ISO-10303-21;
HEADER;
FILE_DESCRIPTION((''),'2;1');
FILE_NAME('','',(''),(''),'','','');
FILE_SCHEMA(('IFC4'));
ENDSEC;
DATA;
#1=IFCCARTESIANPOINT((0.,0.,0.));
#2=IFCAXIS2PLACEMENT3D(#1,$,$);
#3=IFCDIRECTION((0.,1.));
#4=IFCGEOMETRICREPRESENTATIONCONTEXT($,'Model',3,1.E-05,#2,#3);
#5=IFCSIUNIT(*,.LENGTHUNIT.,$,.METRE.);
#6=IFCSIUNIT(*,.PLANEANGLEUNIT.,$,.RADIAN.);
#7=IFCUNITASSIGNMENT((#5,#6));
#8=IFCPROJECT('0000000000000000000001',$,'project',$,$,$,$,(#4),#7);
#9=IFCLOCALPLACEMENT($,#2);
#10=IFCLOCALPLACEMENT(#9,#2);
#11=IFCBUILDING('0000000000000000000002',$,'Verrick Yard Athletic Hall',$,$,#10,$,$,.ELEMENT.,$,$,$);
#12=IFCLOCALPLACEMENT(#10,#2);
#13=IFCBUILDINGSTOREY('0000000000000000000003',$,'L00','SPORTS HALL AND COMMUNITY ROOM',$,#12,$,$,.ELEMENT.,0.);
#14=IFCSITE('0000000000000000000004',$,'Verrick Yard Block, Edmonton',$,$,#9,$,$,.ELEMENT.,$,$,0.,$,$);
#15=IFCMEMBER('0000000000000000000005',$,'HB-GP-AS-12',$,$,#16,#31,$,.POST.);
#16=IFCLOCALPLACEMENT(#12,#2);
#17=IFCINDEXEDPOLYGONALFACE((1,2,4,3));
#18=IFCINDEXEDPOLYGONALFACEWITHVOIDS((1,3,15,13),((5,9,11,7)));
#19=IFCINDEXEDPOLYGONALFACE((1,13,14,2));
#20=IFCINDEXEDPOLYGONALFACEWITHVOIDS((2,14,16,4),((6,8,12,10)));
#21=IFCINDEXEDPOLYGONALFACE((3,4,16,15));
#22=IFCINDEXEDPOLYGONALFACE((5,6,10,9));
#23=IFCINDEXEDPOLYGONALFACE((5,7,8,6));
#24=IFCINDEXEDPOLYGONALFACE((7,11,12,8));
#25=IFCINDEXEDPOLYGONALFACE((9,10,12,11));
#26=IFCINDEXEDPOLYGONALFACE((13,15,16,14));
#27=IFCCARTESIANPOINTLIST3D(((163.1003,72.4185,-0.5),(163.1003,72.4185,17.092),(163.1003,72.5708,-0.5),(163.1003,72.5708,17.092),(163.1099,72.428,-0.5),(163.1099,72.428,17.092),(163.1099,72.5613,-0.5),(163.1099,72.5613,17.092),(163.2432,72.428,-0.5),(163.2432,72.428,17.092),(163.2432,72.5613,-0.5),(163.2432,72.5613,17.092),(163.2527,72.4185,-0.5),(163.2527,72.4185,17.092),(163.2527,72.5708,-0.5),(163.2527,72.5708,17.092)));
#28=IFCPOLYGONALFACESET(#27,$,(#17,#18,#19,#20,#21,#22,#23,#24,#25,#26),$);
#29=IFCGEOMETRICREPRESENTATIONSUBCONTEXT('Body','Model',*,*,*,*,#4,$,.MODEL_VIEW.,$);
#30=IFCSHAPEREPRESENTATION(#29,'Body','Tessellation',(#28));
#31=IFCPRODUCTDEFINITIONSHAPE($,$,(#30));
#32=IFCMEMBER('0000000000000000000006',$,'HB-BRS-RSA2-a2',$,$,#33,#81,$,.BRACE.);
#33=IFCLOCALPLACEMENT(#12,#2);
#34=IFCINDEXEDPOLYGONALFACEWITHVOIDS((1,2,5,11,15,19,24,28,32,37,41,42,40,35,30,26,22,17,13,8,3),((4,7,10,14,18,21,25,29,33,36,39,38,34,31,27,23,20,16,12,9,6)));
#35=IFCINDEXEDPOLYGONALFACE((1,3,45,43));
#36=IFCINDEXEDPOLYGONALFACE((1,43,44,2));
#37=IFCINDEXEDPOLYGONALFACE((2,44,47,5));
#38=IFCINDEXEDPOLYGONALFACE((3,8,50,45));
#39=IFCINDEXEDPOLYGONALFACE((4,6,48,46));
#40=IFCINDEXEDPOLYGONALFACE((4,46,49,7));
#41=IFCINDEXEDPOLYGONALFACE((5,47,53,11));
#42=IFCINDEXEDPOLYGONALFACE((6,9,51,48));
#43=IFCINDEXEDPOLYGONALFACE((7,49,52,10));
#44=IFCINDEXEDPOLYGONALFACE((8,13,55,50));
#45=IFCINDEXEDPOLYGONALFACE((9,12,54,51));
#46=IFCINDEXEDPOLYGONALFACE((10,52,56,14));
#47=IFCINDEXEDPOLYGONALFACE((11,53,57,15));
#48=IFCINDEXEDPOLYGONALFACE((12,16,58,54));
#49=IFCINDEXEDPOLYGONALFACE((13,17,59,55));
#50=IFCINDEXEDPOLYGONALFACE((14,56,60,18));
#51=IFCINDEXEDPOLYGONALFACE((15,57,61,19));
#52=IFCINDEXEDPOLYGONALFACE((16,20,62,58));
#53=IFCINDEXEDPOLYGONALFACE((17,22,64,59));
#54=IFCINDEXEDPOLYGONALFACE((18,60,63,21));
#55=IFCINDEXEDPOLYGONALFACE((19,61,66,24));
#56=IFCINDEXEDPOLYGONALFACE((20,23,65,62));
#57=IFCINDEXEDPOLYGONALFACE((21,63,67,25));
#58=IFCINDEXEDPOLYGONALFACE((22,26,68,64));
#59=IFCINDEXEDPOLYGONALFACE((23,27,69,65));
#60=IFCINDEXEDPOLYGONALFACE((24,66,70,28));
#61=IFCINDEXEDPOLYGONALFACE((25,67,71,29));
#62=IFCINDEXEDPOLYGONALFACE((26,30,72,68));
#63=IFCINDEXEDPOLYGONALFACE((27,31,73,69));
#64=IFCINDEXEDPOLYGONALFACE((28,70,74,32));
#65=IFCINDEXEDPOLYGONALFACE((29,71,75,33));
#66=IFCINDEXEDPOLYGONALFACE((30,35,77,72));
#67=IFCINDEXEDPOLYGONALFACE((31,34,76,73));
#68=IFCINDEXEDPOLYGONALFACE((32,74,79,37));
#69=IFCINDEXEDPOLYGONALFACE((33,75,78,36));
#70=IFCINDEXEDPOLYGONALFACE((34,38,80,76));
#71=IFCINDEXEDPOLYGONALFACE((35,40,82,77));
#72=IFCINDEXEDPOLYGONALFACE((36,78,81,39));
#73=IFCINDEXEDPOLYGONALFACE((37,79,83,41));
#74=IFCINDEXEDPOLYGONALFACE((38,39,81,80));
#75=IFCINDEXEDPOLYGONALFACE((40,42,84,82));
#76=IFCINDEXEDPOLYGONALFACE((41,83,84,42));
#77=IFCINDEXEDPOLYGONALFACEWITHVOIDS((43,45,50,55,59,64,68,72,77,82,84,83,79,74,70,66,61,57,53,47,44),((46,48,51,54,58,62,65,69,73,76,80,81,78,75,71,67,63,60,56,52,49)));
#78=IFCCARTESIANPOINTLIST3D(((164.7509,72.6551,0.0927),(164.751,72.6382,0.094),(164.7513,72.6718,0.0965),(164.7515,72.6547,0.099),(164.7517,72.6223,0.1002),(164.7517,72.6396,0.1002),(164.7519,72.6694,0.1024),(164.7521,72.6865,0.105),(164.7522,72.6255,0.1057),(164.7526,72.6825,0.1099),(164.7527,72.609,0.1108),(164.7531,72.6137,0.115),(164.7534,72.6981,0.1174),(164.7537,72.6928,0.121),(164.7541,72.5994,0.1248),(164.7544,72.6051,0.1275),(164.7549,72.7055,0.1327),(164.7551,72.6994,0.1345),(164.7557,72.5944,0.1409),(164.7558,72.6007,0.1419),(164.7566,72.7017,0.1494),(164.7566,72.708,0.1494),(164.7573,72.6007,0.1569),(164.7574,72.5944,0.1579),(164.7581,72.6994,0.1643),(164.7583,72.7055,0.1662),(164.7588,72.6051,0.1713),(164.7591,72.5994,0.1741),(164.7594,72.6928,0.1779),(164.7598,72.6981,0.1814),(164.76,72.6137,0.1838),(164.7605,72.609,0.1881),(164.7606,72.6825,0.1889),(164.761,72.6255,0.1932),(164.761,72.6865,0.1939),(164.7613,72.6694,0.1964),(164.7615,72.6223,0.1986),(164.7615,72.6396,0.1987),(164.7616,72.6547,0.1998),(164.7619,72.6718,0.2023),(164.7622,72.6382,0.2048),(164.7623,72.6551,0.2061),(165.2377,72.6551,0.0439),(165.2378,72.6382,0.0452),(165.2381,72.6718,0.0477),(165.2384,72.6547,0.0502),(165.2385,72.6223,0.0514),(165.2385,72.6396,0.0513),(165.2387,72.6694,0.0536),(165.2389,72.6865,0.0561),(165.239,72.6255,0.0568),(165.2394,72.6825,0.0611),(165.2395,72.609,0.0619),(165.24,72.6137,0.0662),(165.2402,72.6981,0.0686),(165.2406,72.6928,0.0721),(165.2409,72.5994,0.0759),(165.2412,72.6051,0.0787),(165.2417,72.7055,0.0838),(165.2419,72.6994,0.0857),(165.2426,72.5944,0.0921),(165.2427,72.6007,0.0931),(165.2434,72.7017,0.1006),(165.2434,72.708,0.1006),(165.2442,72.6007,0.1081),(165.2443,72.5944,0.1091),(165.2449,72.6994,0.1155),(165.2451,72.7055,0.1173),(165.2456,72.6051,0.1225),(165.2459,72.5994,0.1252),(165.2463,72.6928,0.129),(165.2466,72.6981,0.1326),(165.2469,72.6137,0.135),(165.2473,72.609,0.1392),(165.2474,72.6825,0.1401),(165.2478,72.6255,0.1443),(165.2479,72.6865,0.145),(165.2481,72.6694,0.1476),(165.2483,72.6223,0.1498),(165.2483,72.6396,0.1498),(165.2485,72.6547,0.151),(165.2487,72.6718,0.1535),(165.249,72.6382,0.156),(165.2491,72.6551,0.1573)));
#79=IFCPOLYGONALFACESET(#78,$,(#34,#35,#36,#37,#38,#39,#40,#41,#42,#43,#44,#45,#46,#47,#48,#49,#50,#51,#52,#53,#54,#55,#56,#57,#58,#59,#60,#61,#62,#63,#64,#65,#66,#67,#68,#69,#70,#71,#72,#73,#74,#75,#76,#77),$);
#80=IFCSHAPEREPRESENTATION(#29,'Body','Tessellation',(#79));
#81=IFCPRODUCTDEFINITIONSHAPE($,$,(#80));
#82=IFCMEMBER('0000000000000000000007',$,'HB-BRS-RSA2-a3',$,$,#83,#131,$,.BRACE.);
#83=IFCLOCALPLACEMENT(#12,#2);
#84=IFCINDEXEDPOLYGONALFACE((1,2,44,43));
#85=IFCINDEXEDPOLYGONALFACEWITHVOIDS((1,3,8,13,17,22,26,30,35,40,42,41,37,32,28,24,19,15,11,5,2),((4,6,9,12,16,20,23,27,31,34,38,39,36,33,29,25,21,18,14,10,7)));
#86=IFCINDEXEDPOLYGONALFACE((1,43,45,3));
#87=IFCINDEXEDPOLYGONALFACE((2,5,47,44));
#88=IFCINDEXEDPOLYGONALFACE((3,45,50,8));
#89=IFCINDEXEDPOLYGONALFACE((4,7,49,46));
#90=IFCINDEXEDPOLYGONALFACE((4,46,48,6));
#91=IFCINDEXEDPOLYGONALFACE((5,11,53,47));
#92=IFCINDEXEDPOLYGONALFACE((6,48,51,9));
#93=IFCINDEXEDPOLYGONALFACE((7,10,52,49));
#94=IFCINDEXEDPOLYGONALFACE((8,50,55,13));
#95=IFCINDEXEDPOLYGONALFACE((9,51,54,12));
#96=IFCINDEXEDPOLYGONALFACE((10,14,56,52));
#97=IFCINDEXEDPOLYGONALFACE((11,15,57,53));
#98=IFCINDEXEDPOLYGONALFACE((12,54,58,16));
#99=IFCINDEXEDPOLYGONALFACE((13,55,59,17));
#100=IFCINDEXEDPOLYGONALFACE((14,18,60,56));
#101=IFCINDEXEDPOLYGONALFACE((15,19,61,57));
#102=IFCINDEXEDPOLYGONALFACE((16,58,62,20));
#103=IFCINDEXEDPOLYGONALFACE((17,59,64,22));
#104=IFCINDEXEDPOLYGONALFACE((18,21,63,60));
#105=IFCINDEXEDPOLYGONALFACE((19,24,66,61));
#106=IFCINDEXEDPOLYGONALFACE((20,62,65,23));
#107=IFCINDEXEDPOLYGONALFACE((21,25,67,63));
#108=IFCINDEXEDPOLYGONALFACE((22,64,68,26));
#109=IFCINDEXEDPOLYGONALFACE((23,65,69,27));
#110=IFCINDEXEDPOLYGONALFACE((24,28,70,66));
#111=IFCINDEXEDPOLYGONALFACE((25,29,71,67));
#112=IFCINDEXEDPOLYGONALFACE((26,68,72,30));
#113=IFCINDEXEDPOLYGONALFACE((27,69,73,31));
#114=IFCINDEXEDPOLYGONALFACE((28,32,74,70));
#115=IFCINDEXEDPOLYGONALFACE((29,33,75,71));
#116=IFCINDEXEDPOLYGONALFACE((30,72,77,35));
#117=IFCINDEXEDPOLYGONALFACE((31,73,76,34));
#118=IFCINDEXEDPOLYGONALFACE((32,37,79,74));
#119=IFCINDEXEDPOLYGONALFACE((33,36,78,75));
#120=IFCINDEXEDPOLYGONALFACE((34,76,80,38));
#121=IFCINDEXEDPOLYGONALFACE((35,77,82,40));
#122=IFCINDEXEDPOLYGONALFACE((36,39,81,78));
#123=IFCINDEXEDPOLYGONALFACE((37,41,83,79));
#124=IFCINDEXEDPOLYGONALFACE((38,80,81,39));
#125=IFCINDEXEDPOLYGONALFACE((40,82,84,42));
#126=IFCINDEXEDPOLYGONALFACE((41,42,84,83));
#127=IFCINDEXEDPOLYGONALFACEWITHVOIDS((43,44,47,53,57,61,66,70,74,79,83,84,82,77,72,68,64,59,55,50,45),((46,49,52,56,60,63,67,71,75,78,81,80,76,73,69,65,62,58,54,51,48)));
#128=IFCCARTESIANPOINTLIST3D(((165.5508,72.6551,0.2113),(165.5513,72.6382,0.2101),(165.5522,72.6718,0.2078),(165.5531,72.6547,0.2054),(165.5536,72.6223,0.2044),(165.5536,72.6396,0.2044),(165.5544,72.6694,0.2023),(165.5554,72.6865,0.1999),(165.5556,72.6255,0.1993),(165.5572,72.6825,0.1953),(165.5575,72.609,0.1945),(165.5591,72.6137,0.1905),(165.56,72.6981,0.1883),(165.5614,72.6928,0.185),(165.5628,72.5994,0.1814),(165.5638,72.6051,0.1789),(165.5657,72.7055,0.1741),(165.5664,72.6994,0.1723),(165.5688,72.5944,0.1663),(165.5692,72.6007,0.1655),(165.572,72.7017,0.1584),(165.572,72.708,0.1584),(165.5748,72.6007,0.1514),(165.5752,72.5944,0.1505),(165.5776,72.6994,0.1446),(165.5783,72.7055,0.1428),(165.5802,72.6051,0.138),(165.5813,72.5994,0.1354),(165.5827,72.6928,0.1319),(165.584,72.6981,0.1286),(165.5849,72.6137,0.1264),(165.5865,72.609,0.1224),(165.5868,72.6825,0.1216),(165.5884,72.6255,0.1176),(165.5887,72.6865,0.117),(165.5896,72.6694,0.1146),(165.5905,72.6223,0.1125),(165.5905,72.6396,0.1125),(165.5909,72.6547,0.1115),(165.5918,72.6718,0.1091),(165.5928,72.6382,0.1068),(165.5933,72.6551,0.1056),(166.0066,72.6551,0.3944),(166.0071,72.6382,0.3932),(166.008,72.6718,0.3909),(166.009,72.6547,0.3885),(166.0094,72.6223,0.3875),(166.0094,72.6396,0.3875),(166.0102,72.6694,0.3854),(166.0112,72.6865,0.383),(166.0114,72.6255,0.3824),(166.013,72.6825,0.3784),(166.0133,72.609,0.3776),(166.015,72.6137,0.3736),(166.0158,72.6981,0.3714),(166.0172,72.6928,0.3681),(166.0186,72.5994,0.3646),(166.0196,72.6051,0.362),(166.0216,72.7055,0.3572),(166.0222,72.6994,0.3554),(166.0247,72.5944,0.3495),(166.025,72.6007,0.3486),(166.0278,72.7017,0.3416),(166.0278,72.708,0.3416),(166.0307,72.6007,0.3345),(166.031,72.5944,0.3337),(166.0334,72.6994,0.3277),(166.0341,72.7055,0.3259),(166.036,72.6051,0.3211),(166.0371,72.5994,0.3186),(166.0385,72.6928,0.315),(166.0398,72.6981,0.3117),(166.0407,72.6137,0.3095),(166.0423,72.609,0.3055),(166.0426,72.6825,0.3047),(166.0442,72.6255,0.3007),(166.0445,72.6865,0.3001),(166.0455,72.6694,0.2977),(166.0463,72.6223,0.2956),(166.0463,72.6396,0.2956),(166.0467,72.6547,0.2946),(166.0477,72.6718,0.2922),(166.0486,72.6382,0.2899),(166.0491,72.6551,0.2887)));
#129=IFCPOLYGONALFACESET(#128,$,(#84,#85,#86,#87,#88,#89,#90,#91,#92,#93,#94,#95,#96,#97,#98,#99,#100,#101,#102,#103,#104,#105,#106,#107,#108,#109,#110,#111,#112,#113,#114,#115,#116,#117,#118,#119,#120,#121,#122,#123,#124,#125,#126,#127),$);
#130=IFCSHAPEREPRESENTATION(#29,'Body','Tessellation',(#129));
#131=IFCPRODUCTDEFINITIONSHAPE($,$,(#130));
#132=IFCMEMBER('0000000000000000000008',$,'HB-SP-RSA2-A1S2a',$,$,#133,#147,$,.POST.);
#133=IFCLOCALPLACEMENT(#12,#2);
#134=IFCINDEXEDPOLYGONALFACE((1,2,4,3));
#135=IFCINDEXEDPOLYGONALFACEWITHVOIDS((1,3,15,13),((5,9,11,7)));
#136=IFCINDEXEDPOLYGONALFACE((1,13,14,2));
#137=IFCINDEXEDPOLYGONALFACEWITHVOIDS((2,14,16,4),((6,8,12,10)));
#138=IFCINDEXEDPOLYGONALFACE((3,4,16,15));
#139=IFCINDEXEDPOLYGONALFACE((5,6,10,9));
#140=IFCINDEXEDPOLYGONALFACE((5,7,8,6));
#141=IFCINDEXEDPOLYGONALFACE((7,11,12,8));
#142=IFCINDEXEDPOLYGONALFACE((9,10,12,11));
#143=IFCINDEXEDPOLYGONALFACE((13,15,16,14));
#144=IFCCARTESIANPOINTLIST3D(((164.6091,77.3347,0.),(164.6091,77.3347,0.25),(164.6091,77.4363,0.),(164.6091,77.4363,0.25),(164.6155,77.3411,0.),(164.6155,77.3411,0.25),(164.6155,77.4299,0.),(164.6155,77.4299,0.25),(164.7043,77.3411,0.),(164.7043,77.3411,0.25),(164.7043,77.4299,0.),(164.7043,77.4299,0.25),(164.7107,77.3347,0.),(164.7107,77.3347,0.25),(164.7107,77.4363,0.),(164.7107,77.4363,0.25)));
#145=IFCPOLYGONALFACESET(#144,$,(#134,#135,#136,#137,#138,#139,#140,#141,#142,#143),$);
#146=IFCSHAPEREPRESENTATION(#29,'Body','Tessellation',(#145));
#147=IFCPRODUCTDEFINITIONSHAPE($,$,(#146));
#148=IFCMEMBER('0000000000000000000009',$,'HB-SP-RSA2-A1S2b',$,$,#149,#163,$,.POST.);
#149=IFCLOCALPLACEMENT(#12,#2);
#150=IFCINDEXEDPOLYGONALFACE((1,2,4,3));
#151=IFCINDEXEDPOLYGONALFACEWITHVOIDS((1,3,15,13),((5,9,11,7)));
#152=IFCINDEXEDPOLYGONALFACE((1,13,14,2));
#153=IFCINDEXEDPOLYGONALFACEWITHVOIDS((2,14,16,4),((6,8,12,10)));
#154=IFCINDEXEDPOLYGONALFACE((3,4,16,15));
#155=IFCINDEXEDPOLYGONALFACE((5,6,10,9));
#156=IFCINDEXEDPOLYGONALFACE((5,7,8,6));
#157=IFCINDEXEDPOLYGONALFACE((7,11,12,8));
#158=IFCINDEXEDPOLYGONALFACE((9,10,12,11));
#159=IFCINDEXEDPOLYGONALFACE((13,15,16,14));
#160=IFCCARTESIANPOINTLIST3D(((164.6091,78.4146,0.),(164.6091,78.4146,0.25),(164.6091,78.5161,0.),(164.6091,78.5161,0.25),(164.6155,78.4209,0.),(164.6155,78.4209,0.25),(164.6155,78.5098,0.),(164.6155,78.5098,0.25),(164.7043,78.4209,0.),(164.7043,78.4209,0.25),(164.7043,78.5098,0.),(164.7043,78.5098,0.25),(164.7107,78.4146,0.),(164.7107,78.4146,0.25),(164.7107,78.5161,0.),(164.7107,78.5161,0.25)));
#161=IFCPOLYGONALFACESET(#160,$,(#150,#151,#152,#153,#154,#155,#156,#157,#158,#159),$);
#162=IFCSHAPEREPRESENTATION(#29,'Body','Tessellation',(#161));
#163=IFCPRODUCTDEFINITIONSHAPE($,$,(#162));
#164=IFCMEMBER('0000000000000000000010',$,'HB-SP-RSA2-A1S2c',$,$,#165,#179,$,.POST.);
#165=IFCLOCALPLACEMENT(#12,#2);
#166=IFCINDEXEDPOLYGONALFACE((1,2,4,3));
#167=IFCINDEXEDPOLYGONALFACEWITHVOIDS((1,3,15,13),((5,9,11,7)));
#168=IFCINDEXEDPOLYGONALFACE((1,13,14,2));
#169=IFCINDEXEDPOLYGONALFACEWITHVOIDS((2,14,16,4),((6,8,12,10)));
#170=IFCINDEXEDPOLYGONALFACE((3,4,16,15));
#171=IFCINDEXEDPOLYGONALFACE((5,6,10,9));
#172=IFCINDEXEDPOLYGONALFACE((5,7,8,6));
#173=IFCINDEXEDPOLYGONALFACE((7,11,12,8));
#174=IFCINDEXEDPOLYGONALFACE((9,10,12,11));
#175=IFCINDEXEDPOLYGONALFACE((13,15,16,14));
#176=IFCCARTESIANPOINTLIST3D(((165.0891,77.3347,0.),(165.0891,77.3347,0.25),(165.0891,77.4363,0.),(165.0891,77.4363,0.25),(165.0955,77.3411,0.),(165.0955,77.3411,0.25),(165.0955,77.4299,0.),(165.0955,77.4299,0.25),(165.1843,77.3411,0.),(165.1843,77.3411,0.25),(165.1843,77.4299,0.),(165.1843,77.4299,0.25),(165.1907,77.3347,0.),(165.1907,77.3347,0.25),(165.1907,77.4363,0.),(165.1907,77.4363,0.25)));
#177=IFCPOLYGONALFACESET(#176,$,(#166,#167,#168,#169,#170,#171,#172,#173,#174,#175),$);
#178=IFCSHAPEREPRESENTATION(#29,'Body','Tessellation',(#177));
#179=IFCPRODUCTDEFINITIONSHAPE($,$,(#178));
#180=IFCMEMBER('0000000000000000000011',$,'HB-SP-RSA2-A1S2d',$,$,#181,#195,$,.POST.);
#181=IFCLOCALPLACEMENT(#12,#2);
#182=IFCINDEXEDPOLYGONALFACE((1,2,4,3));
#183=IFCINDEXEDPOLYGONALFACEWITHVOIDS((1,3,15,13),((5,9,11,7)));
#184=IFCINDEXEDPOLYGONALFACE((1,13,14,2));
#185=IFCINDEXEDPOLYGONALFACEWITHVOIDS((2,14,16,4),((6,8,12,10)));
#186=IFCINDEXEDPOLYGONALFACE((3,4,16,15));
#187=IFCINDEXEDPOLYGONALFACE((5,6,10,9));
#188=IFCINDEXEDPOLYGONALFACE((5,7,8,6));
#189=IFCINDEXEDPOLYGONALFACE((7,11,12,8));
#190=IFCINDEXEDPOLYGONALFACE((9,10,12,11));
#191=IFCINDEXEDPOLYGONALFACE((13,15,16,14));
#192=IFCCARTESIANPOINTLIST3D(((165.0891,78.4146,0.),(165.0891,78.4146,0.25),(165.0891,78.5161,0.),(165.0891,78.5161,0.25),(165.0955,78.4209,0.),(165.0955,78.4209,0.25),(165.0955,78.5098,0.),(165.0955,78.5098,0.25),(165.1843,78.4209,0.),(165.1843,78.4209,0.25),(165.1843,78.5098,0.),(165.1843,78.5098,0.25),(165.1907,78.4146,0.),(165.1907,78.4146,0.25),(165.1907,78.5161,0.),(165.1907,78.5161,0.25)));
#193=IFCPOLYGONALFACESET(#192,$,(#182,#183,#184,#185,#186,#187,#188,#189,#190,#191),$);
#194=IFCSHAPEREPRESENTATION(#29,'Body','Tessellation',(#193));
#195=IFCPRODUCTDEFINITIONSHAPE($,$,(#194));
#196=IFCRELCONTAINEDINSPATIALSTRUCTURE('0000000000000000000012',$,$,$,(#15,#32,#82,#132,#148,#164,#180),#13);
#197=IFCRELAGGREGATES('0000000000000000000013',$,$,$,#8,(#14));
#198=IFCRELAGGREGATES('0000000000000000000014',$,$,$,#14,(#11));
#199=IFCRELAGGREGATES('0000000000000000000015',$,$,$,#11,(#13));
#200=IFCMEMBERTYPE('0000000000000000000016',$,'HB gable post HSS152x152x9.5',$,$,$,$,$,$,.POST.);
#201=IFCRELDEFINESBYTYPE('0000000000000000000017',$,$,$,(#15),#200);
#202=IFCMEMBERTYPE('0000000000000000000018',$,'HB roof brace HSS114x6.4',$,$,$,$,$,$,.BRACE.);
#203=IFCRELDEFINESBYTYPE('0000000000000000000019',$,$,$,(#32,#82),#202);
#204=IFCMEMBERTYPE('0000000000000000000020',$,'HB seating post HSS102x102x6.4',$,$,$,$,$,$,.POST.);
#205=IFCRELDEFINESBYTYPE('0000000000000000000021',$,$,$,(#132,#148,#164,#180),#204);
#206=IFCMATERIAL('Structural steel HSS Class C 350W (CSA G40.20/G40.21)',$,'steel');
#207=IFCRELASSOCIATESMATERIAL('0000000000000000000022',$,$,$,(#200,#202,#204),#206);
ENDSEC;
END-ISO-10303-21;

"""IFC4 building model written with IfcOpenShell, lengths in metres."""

from ifc_helpers import new_model, si_unit, direction, frame, origin, origin_2d, place, context, subcontext, project, spatial, hollow_rectangle, hollow_circle, extrude, material, material_profile, profile_set, type_object, element, save


model = new_model("IFC4")

# Units and contexts
model_context = context("Model", 3, precision=1e-05, world=origin(), true_north=direction((0.0, 1.0)))
body_context = subcontext(model_context, "Body", "Model", "MODEL_VIEW")
ifc_project = project(units=[si_unit("LENGTHUNIT", "METRE"), si_unit("PLANEANGLEUNIT", "RADIAN")], contexts=[model_context])

# Site, building, storey
site_placement = place(None, origin())
site = spatial("IfcSite", under=ifc_project, at=site_placement, Name="Verrick Yard Block, Edmonton", CompositionType="ELEMENT", RefElevation=0.0)
building_placement = place(site_placement, origin())
building = spatial("IfcBuilding", under=site, at=building_placement, Name="Verrick Yard Athletic Hall", CompositionType="ELEMENT")
storey_placement = place(building_placement, origin())
storey = spatial("IfcBuildingStorey", under=building, at=storey_placement, Name="L00", Description="SPORTS HALL AND COMMUNITY ROOM", CompositionType="ELEMENT", Elevation=0.0)

# Members
ifc_material_1 = material(Name="Structural steel HSS Class C 350W (CSA G40.20/G40.21)", Category="steel")
ifc_material_profile_1 = material_profile(ifc_material_1, hollow_rectangle(XDim=0.1523, YDim=0.1523, WallThickness=0.0095, at=origin_2d()), Name="HSS152x152x9.5")
ifc_profile_set_1 = profile_set([ifc_material_profile_1], Name="Structural steel HSS Class C 350W (CSA G40.20/G40.21)")
member_type_1 = type_object("IfcMemberType", Name="HB gable post HSS152x152x9.5", PredefinedType="POST", material=ifc_profile_set_1)
member_1_placement = place(storey_placement, frame((163.1765, 72.4946, -0.5), z_axis=(0.0, 0.0, 1.0), x_axis=(1.0, 0.0, 0.0)))
element("IfcMember", 1, at=member_1_placement, inside=storey, type_object=member_type_1, Name="HB-GP-AS-12", PredefinedType="POST", context=body_context, shape_type="SweptSolid", body=[
    extrude(hollow_rectangle(XDim=0.1523, YDim=0.1523, WallThickness=0.0095, at=origin_2d()), origin(), (0.0, 0.0, 1.0), 17.592),
])
ifc_material_profile_2 = material_profile(ifc_material_1, hollow_circle(Radius=0.0571, WallThickness=0.0063, at=origin_2d()), Name="HSS114x6.4")
ifc_profile_set_2 = profile_set([ifc_material_profile_2], Name="Structural steel HSS Class C 350W (CSA G40.20/G40.21)")
member_type_2 = type_object("IfcMemberType", Name="HB roof brace HSS114x6.4", PredefinedType="BRACE", material=ifc_profile_set_2)
member_2_placement = place(storey_placement, frame((164.7566, 72.6509, 0.1494), z_axis=(0.995008, 0.0, -0.0998), x_axis=(0.0, 1.0, 0.0)))
element("IfcMember", 2, at=member_2_placement, inside=storey, type_object=member_type_2, Name="HB-BRS-RSA2-a2", PredefinedType="BRACE", context=body_context, shape_type="SweptSolid", body=[
    extrude(hollow_circle(Radius=0.0571, WallThickness=0.0063, at=origin_2d()), origin(), (0.0, 0.0, 1.0), 0.4893),
])
member_3_placement = place(storey_placement, frame((165.572, 72.6509, 0.1584), z_axis=(0.927927, 0.0, 0.372761), x_axis=(0.0, 1.0, 0.0)))
element("IfcMember", 3, at=member_3_placement, inside=storey, type_object=member_type_2, Name="HB-BRS-RSA2-a3", PredefinedType="BRACE", context=body_context, shape_type="SweptSolid", body=[
    extrude(hollow_circle(Radius=0.0571, WallThickness=0.0063, at=origin_2d()), origin(), (0.0, 0.0, 1.0), 0.4912),
])
ifc_material_profile_3 = material_profile(ifc_material_1, hollow_rectangle(XDim=0.1016, YDim=0.1016, WallThickness=0.0063, at=origin_2d()), Name="HSS102x102x6.4")
ifc_profile_set_3 = profile_set([ifc_material_profile_3], Name="Structural steel HSS Class C 350W (CSA G40.20/G40.21)")
member_type_3 = type_object("IfcMemberType", Name="HB seating post HSS102x102x6.4", PredefinedType="POST", material=ifc_profile_set_3)
for number, where, z_axis, x_axis, name in (
    (4, (164.6599, 77.3855, 0.0), (0.0, 0.0, 1.0), (0.0, 1.0, 0.0), "HB-SP-RSA2-A1S2a"),
    (5, (164.6599, 78.4653, 0.0), (0.0, 0.0, 1.0), (0.0, 1.0, 0.0), "HB-SP-RSA2-A1S2b"),
    (6, (165.1399, 77.3855, 0.0), (0.0, 0.0, 1.0), (0.0, 1.0, 0.0), "HB-SP-RSA2-A1S2c"),
    (7, (165.1399, 78.4653, 0.0), (0.0, 0.0, 1.0), (0.0, 1.0, 0.0), "HB-SP-RSA2-A1S2d"),
):
    element("IfcMember", number, at=place(storey_placement, frame(where, z_axis=z_axis, x_axis=x_axis)), inside=storey, type_object=member_type_3, Name=name, PredefinedType="POST", context=body_context, shape_type="SweptSolid", body=[
        extrude(hollow_rectangle(XDim=0.1016, YDim=0.1016, WallThickness=0.0063, at=origin_2d()), origin(), (0.0, 0.0, 1.0), 0.25),
    ])

save(model, "model.ifc")
